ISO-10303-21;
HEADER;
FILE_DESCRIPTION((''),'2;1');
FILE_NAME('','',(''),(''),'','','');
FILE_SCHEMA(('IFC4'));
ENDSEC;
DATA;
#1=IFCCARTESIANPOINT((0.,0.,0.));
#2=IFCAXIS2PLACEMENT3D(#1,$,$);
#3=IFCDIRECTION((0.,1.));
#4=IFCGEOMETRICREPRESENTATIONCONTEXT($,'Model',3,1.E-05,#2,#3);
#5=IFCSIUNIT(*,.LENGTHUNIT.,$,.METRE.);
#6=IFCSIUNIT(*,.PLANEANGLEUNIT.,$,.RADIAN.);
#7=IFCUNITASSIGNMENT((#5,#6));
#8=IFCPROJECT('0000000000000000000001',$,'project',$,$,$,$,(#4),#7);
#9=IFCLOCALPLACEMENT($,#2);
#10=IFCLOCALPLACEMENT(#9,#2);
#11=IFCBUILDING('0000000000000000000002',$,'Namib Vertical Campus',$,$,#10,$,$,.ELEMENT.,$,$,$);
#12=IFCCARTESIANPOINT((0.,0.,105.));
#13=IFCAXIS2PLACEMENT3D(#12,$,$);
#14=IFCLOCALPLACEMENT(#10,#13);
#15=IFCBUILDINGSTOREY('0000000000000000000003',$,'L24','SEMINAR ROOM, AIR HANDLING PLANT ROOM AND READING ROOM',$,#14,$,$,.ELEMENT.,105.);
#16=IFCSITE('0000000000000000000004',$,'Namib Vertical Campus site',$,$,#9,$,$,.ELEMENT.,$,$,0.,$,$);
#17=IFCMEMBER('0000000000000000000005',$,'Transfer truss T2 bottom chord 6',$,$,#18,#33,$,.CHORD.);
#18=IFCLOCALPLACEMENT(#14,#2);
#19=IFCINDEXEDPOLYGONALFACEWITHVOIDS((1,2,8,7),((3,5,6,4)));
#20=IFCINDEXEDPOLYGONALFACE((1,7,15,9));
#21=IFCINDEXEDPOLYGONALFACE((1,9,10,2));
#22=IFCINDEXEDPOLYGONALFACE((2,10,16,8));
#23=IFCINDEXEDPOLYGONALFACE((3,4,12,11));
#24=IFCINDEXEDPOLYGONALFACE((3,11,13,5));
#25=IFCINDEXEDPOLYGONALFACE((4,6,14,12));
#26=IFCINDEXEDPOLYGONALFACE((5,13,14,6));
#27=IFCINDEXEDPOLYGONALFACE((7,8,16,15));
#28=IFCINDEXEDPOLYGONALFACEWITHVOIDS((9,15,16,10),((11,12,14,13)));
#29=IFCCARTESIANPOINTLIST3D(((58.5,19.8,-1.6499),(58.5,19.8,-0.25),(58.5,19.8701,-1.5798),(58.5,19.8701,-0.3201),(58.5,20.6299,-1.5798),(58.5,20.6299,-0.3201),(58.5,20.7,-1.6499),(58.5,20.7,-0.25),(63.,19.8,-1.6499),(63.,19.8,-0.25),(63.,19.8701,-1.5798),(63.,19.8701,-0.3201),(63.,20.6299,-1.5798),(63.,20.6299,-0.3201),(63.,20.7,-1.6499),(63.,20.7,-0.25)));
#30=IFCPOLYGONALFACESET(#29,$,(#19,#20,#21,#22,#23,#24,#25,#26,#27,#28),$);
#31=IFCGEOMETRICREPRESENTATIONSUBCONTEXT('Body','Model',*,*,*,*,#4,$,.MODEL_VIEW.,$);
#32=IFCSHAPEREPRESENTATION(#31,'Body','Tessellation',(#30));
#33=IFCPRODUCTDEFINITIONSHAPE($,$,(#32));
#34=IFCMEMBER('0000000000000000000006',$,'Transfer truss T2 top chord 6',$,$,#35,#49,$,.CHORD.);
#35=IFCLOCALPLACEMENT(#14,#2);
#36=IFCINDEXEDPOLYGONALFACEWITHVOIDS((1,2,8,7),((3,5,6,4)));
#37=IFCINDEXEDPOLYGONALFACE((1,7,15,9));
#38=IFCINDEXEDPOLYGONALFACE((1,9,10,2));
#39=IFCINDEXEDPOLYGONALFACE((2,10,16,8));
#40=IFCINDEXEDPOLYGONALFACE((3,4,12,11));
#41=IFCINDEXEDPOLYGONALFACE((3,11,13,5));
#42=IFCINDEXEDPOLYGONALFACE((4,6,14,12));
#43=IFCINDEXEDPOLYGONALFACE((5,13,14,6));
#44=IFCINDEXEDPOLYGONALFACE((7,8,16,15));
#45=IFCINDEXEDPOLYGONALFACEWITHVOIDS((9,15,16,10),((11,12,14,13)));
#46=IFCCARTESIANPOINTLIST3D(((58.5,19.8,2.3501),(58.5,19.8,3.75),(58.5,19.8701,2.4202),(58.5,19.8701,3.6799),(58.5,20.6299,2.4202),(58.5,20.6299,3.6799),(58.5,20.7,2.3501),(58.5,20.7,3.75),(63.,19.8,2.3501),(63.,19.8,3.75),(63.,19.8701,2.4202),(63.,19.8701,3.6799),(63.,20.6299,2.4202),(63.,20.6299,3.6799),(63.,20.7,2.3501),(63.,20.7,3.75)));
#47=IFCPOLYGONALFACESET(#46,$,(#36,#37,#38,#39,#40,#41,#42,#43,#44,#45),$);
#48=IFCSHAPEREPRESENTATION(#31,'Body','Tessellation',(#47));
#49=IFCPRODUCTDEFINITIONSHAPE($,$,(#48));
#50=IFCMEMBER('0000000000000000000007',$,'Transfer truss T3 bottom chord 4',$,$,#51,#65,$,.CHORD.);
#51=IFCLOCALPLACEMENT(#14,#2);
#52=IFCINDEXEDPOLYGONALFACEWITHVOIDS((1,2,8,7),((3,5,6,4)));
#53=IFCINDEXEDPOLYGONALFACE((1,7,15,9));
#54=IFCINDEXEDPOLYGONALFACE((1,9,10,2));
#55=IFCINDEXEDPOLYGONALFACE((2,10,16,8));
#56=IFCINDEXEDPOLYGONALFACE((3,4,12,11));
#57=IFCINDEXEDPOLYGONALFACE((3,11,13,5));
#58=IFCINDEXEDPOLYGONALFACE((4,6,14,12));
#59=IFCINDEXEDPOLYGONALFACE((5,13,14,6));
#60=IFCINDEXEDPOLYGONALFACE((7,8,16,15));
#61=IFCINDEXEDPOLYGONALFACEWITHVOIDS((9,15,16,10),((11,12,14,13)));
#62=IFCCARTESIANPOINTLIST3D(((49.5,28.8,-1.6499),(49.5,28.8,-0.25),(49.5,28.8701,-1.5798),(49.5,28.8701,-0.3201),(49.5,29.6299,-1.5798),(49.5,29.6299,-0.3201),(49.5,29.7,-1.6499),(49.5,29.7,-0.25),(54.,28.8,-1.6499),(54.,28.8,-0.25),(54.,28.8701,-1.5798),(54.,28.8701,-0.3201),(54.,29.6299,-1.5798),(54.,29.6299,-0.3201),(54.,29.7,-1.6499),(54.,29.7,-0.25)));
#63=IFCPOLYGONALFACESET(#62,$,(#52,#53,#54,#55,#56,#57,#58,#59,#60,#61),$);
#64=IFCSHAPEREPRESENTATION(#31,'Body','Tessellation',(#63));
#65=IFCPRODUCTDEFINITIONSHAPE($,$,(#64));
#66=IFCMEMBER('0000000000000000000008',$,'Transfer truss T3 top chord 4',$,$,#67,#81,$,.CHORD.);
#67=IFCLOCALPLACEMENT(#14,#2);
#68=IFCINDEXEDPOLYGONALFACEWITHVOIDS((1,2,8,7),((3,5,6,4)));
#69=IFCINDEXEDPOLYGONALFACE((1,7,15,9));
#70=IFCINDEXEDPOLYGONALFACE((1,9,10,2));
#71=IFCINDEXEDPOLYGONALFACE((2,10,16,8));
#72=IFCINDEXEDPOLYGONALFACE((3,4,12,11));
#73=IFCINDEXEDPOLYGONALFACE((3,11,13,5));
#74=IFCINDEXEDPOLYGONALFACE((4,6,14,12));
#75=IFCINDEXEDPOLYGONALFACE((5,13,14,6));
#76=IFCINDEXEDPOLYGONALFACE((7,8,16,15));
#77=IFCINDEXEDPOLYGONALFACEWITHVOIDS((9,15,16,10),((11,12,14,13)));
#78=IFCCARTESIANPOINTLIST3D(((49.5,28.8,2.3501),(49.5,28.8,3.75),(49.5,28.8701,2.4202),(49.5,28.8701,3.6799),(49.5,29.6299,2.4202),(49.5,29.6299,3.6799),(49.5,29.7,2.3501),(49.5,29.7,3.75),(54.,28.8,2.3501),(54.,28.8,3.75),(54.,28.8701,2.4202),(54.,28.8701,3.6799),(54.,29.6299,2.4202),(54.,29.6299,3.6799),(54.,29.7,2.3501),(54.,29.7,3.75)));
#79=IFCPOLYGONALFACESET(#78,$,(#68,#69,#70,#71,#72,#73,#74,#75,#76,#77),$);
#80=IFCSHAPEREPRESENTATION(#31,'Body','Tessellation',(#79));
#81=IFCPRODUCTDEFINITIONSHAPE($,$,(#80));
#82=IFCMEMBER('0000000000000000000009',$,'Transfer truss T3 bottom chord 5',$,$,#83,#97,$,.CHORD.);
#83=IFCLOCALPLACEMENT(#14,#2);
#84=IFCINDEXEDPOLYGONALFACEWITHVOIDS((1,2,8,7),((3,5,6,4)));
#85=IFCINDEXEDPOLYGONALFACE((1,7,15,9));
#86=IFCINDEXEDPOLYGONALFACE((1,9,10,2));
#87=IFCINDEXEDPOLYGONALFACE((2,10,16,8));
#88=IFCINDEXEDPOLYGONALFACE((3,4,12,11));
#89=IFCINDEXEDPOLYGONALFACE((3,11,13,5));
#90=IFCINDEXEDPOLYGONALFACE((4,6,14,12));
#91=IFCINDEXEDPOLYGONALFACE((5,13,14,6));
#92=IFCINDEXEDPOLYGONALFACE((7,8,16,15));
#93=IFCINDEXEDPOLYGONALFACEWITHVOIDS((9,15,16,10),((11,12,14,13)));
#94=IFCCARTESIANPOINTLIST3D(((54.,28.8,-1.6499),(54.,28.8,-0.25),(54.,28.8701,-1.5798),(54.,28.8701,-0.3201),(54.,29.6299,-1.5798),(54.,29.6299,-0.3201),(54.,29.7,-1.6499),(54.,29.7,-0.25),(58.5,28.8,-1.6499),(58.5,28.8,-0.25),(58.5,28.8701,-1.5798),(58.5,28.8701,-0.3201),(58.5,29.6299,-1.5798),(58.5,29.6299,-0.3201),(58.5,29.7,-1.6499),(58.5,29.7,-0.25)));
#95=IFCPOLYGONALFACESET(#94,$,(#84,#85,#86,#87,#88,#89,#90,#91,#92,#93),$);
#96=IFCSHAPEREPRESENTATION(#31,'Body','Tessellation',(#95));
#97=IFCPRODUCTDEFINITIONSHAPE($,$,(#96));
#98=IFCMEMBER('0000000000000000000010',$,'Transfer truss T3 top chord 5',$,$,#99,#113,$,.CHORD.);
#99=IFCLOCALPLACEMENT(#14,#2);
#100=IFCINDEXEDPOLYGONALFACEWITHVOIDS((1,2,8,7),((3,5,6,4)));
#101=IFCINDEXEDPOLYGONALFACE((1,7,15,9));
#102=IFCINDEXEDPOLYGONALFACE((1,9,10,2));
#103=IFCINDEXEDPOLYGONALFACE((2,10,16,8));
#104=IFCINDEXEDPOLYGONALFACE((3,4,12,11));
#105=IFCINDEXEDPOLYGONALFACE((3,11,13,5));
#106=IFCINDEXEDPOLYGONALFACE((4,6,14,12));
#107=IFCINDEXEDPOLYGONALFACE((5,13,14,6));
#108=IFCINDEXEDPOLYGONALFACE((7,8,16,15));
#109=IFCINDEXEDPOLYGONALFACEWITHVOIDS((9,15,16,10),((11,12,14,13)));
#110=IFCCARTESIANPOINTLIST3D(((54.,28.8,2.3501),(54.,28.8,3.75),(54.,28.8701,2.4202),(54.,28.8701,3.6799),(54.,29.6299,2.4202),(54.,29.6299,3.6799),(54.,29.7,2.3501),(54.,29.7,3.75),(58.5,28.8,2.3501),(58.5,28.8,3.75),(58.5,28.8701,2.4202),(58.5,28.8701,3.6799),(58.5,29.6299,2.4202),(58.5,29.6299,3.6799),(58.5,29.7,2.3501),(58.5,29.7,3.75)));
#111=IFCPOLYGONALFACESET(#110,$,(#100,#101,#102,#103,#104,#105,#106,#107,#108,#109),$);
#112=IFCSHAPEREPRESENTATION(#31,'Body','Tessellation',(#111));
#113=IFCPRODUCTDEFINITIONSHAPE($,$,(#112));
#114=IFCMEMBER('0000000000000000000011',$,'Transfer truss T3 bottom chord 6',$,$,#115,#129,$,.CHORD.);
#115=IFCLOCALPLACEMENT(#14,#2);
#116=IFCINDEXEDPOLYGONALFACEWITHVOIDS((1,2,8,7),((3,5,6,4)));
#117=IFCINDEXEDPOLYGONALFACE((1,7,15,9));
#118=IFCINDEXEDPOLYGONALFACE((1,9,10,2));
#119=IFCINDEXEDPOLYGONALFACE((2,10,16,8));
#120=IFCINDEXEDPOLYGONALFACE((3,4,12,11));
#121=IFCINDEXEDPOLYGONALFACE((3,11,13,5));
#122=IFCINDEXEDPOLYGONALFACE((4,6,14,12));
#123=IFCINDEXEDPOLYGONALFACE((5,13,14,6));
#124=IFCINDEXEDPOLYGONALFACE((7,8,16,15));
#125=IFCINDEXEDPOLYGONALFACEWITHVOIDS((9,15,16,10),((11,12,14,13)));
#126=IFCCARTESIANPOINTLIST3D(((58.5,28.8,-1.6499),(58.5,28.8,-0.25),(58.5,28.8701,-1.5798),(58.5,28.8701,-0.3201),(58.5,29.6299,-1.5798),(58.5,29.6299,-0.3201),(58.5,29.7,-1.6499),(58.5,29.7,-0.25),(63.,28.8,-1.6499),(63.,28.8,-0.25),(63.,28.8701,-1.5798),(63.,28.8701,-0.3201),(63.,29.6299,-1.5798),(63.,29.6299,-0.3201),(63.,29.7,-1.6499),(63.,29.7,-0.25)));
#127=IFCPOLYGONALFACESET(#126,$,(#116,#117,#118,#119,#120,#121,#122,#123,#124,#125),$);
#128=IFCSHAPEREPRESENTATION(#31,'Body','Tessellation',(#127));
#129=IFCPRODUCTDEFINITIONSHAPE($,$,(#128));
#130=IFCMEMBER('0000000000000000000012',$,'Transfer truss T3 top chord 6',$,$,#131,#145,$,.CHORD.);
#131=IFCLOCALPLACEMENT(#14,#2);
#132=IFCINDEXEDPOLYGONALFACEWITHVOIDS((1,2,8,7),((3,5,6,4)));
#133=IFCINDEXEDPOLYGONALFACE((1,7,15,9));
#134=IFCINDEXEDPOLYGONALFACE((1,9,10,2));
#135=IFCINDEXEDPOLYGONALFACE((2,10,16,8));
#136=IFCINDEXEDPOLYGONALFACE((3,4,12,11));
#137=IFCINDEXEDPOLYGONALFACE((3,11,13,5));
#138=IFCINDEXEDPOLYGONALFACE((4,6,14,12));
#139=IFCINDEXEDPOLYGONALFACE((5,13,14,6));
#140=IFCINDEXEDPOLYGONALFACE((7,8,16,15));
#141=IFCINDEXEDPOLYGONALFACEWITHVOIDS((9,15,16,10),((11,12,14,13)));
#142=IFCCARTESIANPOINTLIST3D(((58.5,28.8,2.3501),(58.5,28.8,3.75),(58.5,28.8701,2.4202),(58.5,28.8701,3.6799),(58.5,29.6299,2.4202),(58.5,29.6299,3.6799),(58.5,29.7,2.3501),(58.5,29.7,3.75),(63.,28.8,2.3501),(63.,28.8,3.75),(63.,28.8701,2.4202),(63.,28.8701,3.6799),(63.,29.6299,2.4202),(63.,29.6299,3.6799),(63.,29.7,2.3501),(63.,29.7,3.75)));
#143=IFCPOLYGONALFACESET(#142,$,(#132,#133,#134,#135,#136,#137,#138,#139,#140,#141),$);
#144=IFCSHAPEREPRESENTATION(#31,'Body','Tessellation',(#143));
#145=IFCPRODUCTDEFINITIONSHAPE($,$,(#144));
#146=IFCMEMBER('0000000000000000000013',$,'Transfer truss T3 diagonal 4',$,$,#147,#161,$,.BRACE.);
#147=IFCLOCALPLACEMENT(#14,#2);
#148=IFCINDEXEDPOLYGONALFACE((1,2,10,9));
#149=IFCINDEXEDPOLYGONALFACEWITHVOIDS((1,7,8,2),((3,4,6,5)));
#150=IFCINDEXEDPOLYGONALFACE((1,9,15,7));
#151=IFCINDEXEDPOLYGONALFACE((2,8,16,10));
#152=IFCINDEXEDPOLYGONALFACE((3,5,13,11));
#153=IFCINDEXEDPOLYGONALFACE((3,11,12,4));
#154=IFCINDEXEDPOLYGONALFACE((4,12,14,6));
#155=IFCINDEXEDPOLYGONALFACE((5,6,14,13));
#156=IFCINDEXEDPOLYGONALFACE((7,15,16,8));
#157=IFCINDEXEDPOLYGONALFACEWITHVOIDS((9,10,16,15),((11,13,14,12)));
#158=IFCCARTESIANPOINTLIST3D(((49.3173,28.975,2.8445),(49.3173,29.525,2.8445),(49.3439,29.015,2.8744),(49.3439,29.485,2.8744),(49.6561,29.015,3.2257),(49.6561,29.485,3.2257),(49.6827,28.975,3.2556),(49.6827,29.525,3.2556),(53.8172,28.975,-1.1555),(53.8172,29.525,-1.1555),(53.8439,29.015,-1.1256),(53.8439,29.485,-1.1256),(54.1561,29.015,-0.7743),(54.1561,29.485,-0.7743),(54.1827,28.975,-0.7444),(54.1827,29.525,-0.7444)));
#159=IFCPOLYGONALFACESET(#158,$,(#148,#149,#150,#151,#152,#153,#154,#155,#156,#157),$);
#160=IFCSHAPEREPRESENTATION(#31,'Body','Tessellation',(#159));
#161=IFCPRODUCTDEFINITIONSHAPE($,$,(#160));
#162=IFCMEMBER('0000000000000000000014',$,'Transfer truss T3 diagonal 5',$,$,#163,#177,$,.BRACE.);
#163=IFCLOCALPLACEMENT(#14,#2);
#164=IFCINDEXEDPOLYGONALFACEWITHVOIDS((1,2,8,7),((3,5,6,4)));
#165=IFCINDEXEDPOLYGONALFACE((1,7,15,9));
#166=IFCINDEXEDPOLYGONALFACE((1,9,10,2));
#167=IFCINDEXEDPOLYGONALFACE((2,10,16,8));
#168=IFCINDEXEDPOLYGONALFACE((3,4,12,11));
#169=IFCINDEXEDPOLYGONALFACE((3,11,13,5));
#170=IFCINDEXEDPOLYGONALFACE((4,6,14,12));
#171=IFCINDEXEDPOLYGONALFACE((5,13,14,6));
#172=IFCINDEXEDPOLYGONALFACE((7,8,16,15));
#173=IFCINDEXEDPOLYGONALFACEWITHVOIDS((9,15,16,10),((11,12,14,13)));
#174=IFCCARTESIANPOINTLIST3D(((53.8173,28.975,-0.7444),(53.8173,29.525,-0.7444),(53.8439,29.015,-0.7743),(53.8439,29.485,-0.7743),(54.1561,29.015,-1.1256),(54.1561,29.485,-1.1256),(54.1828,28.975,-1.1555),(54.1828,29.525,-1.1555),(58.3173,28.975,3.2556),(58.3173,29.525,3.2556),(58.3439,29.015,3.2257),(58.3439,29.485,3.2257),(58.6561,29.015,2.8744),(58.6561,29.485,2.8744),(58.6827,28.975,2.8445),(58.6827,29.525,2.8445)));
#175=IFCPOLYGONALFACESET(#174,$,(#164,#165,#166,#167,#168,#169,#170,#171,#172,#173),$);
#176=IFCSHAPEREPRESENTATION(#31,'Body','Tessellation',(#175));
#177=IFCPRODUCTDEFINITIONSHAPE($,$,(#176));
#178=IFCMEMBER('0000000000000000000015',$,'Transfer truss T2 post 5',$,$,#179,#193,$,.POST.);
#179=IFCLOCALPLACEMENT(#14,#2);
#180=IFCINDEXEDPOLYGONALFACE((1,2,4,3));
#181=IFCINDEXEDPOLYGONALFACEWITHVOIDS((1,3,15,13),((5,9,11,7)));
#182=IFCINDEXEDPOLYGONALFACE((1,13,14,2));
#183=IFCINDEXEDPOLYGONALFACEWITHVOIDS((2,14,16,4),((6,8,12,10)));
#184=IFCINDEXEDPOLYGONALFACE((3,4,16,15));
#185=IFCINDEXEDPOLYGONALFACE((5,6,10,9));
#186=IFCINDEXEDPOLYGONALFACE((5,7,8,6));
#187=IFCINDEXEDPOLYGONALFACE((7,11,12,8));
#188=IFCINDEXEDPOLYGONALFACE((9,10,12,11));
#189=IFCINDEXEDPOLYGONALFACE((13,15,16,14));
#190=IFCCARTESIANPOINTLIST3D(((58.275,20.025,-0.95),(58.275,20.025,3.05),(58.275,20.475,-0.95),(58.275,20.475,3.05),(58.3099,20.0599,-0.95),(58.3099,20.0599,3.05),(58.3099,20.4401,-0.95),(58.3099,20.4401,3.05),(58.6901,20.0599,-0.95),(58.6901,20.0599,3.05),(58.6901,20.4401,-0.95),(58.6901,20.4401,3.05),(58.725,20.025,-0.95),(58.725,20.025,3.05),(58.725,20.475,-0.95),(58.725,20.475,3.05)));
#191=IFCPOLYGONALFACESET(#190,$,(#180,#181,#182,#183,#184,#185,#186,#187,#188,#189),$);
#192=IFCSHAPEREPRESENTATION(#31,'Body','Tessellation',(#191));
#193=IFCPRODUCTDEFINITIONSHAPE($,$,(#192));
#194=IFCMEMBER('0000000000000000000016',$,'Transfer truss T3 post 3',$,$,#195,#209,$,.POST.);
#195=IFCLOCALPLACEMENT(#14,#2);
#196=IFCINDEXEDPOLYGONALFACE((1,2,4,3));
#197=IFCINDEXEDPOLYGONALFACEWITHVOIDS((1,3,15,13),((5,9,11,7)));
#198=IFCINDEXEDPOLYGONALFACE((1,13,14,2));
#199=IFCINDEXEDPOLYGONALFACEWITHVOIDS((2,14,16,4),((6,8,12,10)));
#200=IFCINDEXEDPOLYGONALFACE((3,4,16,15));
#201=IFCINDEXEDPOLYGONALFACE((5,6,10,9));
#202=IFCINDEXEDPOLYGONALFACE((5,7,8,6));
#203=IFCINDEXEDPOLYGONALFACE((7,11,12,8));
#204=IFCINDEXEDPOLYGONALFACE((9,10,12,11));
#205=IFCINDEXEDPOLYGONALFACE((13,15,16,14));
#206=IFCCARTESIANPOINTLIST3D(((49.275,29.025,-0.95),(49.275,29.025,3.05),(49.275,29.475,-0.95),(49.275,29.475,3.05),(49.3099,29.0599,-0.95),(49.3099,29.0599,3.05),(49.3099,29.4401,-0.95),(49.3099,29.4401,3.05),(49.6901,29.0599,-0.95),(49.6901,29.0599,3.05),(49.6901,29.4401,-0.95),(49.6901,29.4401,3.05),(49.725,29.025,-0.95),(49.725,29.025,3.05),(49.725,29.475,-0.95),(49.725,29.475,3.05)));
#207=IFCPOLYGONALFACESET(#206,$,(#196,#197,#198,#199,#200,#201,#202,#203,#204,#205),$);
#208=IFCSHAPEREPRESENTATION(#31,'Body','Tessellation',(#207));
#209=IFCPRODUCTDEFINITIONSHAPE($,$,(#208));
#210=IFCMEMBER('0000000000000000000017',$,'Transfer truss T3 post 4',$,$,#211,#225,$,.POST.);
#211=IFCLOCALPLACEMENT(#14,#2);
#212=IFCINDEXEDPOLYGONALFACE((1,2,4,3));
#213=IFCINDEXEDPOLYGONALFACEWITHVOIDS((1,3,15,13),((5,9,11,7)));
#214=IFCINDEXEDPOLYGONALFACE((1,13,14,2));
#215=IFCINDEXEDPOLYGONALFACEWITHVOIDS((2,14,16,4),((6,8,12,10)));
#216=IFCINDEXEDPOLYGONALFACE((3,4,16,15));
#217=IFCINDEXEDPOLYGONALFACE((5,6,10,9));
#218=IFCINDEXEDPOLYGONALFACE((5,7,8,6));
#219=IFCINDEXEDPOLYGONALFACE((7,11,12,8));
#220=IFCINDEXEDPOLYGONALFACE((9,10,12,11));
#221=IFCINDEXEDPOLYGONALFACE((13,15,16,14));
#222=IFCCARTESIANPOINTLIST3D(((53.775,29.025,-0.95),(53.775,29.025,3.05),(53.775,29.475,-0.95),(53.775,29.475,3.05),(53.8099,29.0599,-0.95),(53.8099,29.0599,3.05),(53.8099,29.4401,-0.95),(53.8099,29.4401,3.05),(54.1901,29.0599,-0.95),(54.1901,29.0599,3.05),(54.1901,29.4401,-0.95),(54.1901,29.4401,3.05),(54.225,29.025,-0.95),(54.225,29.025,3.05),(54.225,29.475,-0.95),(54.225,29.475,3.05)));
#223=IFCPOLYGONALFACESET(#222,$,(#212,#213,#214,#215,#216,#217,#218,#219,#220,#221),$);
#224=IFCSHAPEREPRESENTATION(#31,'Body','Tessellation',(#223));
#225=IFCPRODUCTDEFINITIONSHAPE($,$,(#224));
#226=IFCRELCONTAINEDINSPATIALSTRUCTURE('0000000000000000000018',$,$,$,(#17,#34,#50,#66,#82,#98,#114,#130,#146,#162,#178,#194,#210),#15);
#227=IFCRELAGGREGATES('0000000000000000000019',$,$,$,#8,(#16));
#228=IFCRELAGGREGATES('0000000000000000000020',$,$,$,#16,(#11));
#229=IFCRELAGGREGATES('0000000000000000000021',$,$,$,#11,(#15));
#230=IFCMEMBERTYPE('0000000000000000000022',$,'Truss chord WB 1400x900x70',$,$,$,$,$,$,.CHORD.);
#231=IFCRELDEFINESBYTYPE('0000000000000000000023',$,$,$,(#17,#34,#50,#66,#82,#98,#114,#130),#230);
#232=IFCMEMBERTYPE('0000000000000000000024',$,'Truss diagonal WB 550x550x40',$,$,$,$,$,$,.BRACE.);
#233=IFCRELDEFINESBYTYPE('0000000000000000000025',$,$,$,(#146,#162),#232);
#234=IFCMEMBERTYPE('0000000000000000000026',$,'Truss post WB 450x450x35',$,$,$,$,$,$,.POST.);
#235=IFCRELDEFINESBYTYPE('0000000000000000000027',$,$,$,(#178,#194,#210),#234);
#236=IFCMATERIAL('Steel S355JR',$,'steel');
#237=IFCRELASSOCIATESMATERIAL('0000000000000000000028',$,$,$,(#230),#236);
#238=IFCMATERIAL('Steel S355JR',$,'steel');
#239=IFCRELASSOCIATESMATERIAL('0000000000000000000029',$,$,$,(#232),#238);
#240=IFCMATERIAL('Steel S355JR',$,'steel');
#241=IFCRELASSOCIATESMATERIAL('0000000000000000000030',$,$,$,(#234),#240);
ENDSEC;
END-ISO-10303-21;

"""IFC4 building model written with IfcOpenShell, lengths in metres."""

from ifc_helpers import new_model, si_unit, direction, frame, origin, origin_2d, place, context, subcontext, project, spatial, hollow_rectangle, extrude, material, material_profile, profile_set, type_object, element, save


model = new_model("IFC4")

# Units and contexts
model_context = context("Model", 3, precision=1e-05, world=origin(), true_north=direction((0.0, 1.0)))
body_context = subcontext(model_context, "Body", "Model", "MODEL_VIEW")
ifc_project = project(units=[si_unit("LENGTHUNIT", "METRE"), si_unit("PLANEANGLEUNIT", "RADIAN")], contexts=[model_context])

# Site, building, storey
site_placement = place(None, origin())
site = spatial("IfcSite", under=ifc_project, at=site_placement, Name="Namib Vertical Campus site", CompositionType="ELEMENT", RefElevation=0.0)
building_placement = place(site_placement, origin())
building = spatial("IfcBuilding", under=site, at=building_placement, Name="Namib Vertical Campus", CompositionType="ELEMENT")
storey_placement = place(building_placement, frame((0.0, 0.0, 105.0)))
storey = spatial("IfcBuildingStorey", under=building, at=storey_placement, Name="L24", Description="SEMINAR ROOM, AIR HANDLING PLANT ROOM AND READING ROOM", CompositionType="ELEMENT", Elevation=105.0)

# Members
ifc_material_1 = material(Name="Steel S355JR", Category="steel")
ifc_material_profile_1 = material_profile(ifc_material_1, hollow_rectangle(XDim=0.8999, YDim=1.3999, WallThickness=0.0701, at=origin_2d()))
ifc_profile_set_1 = profile_set([ifc_material_profile_1], Name="Steel S355JR")
member_type_1 = type_object("IfcMemberType", Name="Truss chord WB 1400x900x70", PredefinedType="CHORD", material=ifc_profile_set_1)
for number, where, z_axis, x_axis, name in (
    (1, (58.5, 20.25, -0.95), (1.0, 0.0, 0.0), (0.0, 1.0, 0.0), "Transfer truss T2 bottom chord 6"),
    (2, (58.5, 20.25, 3.05), (1.0, 0.0, 0.0), (0.0, 1.0, 0.0), "Transfer truss T2 top chord 6"),
    (3, (49.5, 29.25, -0.95), (1.0, 0.0, 0.0), (0.0, 1.0, 0.0), "Transfer truss T3 bottom chord 4"),
    (4, (49.5, 29.25, 3.05), (1.0, 0.0, 0.0), (0.0, 1.0, 0.0), "Transfer truss T3 top chord 4"),
    (5, (54.0, 29.25, -0.95), (1.0, 0.0, 0.0), (0.0, 1.0, 0.0), "Transfer truss T3 bottom chord 5"),
    (6, (54.0, 29.25, 3.05), (1.0, 0.0, 0.0), (0.0, 1.0, 0.0), "Transfer truss T3 top chord 5"),
    (7, (58.5, 29.25, -0.95), (1.0, 0.0, 0.0), (0.0, 1.0, 0.0), "Transfer truss T3 bottom chord 6"),
    (8, (58.5, 29.25, 3.05), (1.0, 0.0, 0.0), (0.0, 1.0, 0.0), "Transfer truss T3 top chord 6"),
):
    element("IfcMember", number, at=place(storey_placement, frame(where, z_axis=z_axis, x_axis=x_axis)), inside=storey, type_object=member_type_1, Name=name, PredefinedType="CHORD", context=body_context, shape_type="SweptSolid", body=[
        extrude(hollow_rectangle(XDim=0.8999, YDim=1.3999, WallThickness=0.0701, at=origin_2d()), origin(), (0.0, 0.0, 1.0), 4.5),
    ])
ifc_material_2 = material(Name="Steel S355JR", Category="steel")
ifc_material_profile_2 = material_profile(ifc_material_2, hollow_rectangle(XDim=0.55, YDim=0.55, WallThickness=0.04, at=origin_2d()))
ifc_profile_set_2 = profile_set([ifc_material_profile_2], Name="Steel S355JR")
member_type_2 = type_object("IfcMemberType", Name="Truss diagonal WB 550x550x40", PredefinedType="BRACE", material=ifc_profile_set_2)
for number, where, z_axis, x_axis, name in (
    (9, (49.5, 29.25, 3.05), (0.747409, 0.0, -0.664364), (0.0, 1.0, 0.0), "Transfer truss T3 diagonal 4"),
    (10, (58.5, 29.25, 3.05), (-0.747409, 0.0, -0.664364), (0.0, -1.0, 0.0), "Transfer truss T3 diagonal 5"),
):
    element("IfcMember", number, at=place(storey_placement, frame(where, z_axis=z_axis, x_axis=x_axis)), inside=storey, type_object=member_type_2, Name=name, PredefinedType="BRACE", context=body_context, shape_type="SweptSolid", body=[
        extrude(hollow_rectangle(XDim=0.55, YDim=0.55, WallThickness=0.04, at=origin_2d()), origin(), (0.0, 0.0, 1.0), 6.0208),
    ])
ifc_material_3 = material(Name="Steel S355JR", Category="steel")
ifc_material_profile_3 = material_profile(ifc_material_3, hollow_rectangle(XDim=0.45, YDim=0.45, WallThickness=0.0349, at=origin_2d()))
ifc_profile_set_3 = profile_set([ifc_material_profile_3], Name="Steel S355JR")
member_type_3 = type_object("IfcMemberType", Name="Truss post WB 450x450x35", PredefinedType="POST", material=ifc_profile_set_3)
for number, where, z_axis, x_axis, name in (
    (11, (58.5, 20.25, -0.95), (0.0, 0.0, 1.0), (1.0, 0.0, 0.0), "Transfer truss T2 post 5"),
    (12, (49.5, 29.25, -0.95), (0.0, 0.0, 1.0), (1.0, 0.0, 0.0), "Transfer truss T3 post 3"),
    (13, (54.0, 29.25, -0.95), (0.0, 0.0, 1.0), (1.0, 0.0, 0.0), "Transfer truss T3 post 4"),
):
    element("IfcMember", number, at=place(storey_placement, frame(where, z_axis=z_axis, x_axis=x_axis)), inside=storey, type_object=member_type_3, Name=name, PredefinedType="POST", context=body_context, shape_type="SweptSolid", body=[
        extrude(hollow_rectangle(XDim=0.45, YDim=0.45, WallThickness=0.0349, at=origin_2d()), origin(), (0.0, 0.0, 1.0), 4.0),
    ])

save(model, "model.ifc")
